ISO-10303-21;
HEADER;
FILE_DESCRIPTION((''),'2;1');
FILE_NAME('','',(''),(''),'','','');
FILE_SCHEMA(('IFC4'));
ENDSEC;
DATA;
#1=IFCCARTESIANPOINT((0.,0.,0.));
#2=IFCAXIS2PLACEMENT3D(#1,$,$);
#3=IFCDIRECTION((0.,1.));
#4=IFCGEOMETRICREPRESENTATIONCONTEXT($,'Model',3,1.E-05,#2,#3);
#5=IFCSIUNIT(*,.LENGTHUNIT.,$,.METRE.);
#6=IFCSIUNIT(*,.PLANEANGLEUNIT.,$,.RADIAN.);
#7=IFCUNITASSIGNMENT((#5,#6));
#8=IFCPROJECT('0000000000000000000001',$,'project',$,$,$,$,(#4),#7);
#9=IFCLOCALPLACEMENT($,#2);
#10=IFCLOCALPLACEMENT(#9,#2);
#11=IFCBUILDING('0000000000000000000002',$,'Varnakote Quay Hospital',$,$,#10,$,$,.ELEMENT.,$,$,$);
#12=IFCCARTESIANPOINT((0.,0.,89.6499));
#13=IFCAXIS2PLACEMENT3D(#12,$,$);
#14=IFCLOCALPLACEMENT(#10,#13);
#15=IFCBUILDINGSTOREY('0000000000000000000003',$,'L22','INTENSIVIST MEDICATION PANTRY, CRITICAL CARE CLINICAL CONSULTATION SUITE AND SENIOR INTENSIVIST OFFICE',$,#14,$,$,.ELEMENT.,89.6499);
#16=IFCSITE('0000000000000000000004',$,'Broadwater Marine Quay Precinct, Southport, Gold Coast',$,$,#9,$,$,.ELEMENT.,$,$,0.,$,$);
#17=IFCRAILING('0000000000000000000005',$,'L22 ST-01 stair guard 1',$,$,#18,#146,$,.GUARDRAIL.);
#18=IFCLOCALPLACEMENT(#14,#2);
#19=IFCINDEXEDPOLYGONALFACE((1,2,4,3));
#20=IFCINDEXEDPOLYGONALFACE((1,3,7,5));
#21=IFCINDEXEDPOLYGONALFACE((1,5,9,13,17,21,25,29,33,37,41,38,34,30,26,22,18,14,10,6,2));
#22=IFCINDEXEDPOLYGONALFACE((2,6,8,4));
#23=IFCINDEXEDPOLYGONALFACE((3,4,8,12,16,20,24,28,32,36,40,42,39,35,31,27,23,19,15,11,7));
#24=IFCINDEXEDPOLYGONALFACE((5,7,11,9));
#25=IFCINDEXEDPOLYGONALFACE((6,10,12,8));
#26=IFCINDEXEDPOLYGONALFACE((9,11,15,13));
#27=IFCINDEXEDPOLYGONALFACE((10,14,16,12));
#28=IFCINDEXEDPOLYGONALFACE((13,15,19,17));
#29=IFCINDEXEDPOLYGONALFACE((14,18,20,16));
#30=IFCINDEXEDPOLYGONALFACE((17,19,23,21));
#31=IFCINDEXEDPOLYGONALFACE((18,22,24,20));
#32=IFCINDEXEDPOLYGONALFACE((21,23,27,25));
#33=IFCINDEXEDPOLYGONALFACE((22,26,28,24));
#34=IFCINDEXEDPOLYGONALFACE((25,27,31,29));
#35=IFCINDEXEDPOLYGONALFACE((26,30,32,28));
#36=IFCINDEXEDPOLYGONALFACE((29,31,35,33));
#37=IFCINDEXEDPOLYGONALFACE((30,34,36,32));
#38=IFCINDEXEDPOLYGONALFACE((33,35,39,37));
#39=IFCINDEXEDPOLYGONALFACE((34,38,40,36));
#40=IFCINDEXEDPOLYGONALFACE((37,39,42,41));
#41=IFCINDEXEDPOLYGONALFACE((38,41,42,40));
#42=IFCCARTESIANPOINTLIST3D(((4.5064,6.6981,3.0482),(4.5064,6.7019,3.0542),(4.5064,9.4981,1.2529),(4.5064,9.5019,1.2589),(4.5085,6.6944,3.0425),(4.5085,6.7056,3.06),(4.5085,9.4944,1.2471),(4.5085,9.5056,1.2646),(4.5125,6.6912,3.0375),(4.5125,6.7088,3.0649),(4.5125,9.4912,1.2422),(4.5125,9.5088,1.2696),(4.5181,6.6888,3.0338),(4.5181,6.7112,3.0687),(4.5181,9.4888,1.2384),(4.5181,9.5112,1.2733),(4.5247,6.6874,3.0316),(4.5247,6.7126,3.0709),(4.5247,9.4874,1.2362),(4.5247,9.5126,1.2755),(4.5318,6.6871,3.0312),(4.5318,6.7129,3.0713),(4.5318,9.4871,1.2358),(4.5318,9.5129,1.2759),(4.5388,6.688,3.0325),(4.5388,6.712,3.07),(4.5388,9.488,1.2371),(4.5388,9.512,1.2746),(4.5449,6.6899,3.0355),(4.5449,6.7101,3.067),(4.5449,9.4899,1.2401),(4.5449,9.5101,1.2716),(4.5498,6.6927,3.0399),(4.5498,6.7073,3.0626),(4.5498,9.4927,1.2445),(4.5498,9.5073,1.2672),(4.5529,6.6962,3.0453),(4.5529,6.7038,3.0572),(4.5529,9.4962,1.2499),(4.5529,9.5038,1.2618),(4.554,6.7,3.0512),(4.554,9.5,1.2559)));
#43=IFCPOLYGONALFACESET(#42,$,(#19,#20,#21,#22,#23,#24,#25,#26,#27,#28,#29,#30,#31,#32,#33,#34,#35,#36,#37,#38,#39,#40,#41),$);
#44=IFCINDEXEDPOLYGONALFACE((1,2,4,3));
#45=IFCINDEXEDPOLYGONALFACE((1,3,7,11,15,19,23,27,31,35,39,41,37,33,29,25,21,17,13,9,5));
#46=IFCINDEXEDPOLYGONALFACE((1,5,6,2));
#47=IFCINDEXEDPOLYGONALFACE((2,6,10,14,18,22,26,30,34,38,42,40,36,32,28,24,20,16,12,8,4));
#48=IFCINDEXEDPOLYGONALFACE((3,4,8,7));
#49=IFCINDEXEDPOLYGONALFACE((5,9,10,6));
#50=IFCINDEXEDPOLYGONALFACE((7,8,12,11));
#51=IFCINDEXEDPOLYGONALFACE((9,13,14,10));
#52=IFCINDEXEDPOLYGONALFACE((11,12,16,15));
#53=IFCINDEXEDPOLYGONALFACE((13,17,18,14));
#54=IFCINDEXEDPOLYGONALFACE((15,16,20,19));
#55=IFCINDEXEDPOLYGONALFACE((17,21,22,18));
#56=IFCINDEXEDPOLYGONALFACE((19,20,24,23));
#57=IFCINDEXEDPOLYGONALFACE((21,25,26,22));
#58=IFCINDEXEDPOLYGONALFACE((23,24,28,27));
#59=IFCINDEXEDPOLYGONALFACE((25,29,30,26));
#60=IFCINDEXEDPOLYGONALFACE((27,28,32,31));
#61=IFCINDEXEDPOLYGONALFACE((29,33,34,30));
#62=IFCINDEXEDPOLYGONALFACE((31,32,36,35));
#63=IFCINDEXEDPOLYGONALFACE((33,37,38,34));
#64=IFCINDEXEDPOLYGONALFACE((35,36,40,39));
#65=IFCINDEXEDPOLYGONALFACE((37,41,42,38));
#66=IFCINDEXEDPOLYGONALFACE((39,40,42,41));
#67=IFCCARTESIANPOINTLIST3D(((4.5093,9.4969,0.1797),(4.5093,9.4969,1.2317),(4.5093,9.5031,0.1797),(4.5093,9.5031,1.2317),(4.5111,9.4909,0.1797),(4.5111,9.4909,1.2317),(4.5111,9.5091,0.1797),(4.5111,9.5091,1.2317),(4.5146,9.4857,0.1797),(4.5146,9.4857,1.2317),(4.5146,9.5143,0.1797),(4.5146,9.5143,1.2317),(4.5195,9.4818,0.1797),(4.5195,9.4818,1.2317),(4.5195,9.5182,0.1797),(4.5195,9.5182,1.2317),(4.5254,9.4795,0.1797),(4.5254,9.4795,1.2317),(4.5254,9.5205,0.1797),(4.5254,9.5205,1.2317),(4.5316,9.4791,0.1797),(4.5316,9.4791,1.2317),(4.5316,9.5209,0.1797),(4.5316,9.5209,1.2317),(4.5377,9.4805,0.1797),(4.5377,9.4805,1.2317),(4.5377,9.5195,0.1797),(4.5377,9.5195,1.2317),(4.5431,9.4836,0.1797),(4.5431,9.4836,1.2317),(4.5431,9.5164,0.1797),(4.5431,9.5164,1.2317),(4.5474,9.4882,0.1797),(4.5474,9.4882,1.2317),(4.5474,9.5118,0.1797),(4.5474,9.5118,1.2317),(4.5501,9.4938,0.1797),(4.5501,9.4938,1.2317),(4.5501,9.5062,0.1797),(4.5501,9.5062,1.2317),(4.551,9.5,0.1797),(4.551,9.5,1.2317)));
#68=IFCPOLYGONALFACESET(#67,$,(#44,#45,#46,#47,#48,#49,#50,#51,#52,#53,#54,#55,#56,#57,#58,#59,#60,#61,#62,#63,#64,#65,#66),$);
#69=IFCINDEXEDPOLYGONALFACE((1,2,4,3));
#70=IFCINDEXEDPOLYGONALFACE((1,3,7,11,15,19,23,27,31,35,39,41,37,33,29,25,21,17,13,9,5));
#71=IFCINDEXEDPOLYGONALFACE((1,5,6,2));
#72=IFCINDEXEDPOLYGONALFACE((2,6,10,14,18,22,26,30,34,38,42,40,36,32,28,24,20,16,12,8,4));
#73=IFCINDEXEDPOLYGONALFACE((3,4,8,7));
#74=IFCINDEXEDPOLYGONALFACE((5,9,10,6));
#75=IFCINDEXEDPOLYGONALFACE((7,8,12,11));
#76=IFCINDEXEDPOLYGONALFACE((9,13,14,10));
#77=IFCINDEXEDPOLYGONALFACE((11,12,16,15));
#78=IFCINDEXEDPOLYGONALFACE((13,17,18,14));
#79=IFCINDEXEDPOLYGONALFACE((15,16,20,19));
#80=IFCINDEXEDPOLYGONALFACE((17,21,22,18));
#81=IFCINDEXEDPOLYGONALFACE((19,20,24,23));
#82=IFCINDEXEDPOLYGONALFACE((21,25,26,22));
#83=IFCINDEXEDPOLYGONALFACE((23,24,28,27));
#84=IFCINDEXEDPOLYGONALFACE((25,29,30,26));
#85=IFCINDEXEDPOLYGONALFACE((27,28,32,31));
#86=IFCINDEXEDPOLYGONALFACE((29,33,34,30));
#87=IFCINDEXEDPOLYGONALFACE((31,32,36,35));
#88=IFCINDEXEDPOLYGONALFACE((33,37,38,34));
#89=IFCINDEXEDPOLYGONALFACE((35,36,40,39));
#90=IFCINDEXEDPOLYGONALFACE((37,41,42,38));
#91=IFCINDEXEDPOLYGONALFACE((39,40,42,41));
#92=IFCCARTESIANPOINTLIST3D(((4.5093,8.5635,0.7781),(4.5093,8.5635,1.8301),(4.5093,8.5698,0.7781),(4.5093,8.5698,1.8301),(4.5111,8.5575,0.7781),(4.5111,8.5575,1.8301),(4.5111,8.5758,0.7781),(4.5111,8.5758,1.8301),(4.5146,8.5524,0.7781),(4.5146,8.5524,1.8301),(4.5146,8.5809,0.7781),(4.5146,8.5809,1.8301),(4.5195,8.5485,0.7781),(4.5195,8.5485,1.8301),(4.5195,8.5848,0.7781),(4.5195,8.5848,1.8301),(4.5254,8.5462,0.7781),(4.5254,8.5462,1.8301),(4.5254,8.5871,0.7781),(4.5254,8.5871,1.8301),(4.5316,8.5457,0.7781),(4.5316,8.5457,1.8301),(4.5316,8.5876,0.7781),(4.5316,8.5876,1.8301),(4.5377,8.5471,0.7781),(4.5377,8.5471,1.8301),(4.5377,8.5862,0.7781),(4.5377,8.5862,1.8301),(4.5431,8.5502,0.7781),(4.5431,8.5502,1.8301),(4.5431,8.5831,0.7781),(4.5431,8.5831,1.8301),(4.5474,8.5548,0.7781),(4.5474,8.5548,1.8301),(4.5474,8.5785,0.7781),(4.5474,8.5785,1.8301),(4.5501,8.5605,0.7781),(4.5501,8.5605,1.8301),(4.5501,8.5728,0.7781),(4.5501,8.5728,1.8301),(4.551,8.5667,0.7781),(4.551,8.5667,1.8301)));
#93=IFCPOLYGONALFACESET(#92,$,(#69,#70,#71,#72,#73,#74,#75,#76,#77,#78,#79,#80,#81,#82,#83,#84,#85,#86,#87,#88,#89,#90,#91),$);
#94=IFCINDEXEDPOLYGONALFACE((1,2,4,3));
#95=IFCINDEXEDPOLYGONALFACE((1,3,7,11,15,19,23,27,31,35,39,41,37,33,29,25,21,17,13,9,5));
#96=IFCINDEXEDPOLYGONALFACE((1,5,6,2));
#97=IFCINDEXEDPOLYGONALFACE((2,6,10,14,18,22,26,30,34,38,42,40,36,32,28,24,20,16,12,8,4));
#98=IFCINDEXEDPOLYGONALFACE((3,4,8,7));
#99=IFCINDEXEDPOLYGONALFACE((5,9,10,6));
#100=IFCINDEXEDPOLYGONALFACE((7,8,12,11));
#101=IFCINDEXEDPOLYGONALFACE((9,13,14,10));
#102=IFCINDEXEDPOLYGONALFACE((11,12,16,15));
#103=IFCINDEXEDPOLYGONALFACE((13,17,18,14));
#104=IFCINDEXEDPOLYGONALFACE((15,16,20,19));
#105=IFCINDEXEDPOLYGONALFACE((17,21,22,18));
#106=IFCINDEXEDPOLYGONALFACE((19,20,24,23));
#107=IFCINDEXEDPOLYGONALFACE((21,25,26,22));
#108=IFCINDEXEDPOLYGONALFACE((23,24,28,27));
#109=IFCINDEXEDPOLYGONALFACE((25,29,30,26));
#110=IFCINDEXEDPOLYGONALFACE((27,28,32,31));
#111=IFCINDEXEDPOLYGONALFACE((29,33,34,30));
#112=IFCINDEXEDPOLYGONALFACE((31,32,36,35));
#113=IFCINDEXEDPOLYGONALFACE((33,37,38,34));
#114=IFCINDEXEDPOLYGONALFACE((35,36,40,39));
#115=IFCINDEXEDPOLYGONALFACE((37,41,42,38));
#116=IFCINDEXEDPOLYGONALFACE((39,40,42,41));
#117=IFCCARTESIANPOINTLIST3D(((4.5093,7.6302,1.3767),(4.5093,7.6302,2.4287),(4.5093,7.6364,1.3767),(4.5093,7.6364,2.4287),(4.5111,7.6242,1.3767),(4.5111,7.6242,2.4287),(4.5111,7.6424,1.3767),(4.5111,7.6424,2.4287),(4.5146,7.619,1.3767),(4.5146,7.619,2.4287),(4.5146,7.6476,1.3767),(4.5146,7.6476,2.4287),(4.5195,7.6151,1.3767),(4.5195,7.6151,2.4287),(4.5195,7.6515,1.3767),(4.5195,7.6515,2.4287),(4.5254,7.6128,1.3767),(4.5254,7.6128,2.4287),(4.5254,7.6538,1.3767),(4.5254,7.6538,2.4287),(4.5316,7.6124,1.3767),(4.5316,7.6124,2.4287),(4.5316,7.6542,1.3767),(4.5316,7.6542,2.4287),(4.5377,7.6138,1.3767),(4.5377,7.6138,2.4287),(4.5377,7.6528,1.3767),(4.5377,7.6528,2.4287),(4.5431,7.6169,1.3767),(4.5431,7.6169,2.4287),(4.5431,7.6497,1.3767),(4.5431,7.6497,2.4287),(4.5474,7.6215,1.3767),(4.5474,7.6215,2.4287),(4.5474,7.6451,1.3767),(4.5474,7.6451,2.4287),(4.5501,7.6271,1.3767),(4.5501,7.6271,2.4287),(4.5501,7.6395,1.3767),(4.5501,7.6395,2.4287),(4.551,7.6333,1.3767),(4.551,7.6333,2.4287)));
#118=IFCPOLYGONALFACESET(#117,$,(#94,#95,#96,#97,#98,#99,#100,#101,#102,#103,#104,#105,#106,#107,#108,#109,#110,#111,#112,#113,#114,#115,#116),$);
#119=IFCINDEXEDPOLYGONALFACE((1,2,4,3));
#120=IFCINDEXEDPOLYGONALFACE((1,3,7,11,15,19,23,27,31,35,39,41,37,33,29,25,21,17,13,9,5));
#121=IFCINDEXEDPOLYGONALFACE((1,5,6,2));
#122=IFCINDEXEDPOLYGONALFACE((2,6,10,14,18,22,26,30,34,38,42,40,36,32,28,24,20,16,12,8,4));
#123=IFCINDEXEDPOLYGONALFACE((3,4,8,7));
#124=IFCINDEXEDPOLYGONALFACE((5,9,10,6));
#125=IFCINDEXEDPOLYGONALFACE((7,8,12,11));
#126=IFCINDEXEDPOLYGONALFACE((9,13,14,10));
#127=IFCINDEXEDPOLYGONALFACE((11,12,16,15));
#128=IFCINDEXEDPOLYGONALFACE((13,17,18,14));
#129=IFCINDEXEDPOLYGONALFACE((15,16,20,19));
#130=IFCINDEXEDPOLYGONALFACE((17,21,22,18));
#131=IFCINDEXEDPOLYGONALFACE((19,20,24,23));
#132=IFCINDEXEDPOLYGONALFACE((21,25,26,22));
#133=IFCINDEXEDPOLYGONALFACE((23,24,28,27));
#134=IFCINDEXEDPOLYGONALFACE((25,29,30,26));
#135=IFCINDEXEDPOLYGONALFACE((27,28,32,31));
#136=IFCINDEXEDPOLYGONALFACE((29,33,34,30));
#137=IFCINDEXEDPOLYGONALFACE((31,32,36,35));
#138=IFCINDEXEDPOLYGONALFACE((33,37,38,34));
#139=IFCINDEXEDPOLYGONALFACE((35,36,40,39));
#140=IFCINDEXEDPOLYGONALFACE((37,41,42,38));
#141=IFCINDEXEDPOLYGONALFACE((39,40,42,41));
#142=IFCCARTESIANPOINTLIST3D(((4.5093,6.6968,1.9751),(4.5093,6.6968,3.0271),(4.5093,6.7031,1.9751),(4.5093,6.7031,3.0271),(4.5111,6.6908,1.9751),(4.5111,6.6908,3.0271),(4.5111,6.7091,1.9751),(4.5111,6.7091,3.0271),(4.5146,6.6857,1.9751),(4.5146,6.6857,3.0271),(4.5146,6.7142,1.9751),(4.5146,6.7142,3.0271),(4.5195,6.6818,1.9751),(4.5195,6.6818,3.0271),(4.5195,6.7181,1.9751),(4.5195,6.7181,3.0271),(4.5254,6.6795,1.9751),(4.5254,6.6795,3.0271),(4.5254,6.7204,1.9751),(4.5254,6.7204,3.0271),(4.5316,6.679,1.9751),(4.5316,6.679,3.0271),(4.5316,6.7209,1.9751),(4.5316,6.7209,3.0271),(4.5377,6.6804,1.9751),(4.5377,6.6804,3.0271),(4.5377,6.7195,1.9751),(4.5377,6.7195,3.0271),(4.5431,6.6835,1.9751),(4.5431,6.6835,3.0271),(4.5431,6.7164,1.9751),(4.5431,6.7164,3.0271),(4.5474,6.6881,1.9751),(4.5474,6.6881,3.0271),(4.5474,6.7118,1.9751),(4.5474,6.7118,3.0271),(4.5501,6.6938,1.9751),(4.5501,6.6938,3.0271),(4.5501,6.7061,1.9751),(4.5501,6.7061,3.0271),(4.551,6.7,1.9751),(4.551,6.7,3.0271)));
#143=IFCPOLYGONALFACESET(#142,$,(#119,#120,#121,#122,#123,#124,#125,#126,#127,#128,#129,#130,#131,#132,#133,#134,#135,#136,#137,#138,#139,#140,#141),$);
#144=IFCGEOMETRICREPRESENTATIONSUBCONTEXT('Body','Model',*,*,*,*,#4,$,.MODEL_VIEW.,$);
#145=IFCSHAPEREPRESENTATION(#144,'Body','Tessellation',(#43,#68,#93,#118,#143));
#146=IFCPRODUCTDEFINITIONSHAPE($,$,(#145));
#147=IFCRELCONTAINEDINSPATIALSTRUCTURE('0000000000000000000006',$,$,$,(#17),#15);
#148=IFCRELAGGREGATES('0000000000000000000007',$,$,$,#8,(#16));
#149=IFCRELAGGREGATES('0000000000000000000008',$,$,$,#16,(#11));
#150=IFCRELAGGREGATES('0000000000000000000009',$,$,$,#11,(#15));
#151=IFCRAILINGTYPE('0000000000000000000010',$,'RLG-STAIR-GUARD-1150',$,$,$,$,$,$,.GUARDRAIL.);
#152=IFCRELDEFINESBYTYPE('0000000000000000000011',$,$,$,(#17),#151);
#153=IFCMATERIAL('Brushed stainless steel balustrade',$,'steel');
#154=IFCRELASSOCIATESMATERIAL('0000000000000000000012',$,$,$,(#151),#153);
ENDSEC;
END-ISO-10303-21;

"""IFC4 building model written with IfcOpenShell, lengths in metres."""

from ifc_helpers import new_model, si_unit, direction, frame, origin, origin_2d, place, context, subcontext, project, spatial, circle, extrude, material, type_object, element, save


model = new_model("IFC4")

# Units and contexts
model_context = context("Model", 3, precision=1e-05, world=origin(), true_north=direction((0.0, 1.0)))
body_context = subcontext(model_context, "Body", "Model", "MODEL_VIEW")
ifc_project = project(units=[si_unit("LENGTHUNIT", "METRE"), si_unit("PLANEANGLEUNIT", "RADIAN")], contexts=[model_context])

# Site, building, storey
site_placement = place(None, origin())
site = spatial("IfcSite", under=ifc_project, at=site_placement, Name="Broadwater Marine Quay Precinct, Southport, Gold Coast", CompositionType="ELEMENT", RefElevation=0.0)
building_placement = place(site_placement, origin())
building = spatial("IfcBuilding", under=site, at=building_placement, Name="Varnakote Quay Hospital", CompositionType="ELEMENT")
storey_placement = place(building_placement, frame((0.0, 0.0, 89.6499)))
storey = spatial("IfcBuildingStorey", under=building, at=storey_placement, Name="L22", Description="INTENSIVIST MEDICATION PANTRY, CRITICAL CARE CLINICAL CONSULTATION SUITE AND SENIOR INTENSIVIST OFFICE", CompositionType="ELEMENT", Elevation=89.6499)

# Railing
ifc_material_1 = material(Name="Brushed stainless steel balustrade", Category="steel")
railing_type_1 = type_object("IfcRailingType", Name="RLG-STAIR-GUARD-1150", PredefinedType="GUARDRAIL", material=ifc_material_1)
railing_1_placement = place(storey_placement, frame((4.53, 9.5, 0.1797)))
element("IfcRailing", 1, at=railing_1_placement, inside=storey, type_object=railing_type_1, Name="L22 ST-01 stair guard 1", PredefinedType="GUARDRAIL", context=body_context, shape_type="SweptSolid", body=[
    extrude(circle(Radius=0.0239, at=origin_2d()), frame((0.0, 0.0, 1.0762), z_axis=(0.0, -0.84181, 0.539774), x_axis=(1.0, 0.0, 0.0)), (0.0, 0.0, 1.0), 3.3262),
    extrude(circle(Radius=0.021, at=origin_2d()), origin(), (0.0, 0.0, 1.0), 1.052),
    extrude(circle(Radius=0.021, at=origin_2d()), frame((0.0, -0.9333, 0.5984)), (0.0, 0.0, 1.0), 1.052),
    extrude(circle(Radius=0.021, at=origin_2d()), frame((0.0, -1.8667, 1.197)), (0.0, 0.0, 1.0), 1.052),
    extrude(circle(Radius=0.021, at=origin_2d()), frame((0.0, -2.8, 1.7954)), (0.0, 0.0, 1.0), 1.052),
])

save(model, "model.ifc")
